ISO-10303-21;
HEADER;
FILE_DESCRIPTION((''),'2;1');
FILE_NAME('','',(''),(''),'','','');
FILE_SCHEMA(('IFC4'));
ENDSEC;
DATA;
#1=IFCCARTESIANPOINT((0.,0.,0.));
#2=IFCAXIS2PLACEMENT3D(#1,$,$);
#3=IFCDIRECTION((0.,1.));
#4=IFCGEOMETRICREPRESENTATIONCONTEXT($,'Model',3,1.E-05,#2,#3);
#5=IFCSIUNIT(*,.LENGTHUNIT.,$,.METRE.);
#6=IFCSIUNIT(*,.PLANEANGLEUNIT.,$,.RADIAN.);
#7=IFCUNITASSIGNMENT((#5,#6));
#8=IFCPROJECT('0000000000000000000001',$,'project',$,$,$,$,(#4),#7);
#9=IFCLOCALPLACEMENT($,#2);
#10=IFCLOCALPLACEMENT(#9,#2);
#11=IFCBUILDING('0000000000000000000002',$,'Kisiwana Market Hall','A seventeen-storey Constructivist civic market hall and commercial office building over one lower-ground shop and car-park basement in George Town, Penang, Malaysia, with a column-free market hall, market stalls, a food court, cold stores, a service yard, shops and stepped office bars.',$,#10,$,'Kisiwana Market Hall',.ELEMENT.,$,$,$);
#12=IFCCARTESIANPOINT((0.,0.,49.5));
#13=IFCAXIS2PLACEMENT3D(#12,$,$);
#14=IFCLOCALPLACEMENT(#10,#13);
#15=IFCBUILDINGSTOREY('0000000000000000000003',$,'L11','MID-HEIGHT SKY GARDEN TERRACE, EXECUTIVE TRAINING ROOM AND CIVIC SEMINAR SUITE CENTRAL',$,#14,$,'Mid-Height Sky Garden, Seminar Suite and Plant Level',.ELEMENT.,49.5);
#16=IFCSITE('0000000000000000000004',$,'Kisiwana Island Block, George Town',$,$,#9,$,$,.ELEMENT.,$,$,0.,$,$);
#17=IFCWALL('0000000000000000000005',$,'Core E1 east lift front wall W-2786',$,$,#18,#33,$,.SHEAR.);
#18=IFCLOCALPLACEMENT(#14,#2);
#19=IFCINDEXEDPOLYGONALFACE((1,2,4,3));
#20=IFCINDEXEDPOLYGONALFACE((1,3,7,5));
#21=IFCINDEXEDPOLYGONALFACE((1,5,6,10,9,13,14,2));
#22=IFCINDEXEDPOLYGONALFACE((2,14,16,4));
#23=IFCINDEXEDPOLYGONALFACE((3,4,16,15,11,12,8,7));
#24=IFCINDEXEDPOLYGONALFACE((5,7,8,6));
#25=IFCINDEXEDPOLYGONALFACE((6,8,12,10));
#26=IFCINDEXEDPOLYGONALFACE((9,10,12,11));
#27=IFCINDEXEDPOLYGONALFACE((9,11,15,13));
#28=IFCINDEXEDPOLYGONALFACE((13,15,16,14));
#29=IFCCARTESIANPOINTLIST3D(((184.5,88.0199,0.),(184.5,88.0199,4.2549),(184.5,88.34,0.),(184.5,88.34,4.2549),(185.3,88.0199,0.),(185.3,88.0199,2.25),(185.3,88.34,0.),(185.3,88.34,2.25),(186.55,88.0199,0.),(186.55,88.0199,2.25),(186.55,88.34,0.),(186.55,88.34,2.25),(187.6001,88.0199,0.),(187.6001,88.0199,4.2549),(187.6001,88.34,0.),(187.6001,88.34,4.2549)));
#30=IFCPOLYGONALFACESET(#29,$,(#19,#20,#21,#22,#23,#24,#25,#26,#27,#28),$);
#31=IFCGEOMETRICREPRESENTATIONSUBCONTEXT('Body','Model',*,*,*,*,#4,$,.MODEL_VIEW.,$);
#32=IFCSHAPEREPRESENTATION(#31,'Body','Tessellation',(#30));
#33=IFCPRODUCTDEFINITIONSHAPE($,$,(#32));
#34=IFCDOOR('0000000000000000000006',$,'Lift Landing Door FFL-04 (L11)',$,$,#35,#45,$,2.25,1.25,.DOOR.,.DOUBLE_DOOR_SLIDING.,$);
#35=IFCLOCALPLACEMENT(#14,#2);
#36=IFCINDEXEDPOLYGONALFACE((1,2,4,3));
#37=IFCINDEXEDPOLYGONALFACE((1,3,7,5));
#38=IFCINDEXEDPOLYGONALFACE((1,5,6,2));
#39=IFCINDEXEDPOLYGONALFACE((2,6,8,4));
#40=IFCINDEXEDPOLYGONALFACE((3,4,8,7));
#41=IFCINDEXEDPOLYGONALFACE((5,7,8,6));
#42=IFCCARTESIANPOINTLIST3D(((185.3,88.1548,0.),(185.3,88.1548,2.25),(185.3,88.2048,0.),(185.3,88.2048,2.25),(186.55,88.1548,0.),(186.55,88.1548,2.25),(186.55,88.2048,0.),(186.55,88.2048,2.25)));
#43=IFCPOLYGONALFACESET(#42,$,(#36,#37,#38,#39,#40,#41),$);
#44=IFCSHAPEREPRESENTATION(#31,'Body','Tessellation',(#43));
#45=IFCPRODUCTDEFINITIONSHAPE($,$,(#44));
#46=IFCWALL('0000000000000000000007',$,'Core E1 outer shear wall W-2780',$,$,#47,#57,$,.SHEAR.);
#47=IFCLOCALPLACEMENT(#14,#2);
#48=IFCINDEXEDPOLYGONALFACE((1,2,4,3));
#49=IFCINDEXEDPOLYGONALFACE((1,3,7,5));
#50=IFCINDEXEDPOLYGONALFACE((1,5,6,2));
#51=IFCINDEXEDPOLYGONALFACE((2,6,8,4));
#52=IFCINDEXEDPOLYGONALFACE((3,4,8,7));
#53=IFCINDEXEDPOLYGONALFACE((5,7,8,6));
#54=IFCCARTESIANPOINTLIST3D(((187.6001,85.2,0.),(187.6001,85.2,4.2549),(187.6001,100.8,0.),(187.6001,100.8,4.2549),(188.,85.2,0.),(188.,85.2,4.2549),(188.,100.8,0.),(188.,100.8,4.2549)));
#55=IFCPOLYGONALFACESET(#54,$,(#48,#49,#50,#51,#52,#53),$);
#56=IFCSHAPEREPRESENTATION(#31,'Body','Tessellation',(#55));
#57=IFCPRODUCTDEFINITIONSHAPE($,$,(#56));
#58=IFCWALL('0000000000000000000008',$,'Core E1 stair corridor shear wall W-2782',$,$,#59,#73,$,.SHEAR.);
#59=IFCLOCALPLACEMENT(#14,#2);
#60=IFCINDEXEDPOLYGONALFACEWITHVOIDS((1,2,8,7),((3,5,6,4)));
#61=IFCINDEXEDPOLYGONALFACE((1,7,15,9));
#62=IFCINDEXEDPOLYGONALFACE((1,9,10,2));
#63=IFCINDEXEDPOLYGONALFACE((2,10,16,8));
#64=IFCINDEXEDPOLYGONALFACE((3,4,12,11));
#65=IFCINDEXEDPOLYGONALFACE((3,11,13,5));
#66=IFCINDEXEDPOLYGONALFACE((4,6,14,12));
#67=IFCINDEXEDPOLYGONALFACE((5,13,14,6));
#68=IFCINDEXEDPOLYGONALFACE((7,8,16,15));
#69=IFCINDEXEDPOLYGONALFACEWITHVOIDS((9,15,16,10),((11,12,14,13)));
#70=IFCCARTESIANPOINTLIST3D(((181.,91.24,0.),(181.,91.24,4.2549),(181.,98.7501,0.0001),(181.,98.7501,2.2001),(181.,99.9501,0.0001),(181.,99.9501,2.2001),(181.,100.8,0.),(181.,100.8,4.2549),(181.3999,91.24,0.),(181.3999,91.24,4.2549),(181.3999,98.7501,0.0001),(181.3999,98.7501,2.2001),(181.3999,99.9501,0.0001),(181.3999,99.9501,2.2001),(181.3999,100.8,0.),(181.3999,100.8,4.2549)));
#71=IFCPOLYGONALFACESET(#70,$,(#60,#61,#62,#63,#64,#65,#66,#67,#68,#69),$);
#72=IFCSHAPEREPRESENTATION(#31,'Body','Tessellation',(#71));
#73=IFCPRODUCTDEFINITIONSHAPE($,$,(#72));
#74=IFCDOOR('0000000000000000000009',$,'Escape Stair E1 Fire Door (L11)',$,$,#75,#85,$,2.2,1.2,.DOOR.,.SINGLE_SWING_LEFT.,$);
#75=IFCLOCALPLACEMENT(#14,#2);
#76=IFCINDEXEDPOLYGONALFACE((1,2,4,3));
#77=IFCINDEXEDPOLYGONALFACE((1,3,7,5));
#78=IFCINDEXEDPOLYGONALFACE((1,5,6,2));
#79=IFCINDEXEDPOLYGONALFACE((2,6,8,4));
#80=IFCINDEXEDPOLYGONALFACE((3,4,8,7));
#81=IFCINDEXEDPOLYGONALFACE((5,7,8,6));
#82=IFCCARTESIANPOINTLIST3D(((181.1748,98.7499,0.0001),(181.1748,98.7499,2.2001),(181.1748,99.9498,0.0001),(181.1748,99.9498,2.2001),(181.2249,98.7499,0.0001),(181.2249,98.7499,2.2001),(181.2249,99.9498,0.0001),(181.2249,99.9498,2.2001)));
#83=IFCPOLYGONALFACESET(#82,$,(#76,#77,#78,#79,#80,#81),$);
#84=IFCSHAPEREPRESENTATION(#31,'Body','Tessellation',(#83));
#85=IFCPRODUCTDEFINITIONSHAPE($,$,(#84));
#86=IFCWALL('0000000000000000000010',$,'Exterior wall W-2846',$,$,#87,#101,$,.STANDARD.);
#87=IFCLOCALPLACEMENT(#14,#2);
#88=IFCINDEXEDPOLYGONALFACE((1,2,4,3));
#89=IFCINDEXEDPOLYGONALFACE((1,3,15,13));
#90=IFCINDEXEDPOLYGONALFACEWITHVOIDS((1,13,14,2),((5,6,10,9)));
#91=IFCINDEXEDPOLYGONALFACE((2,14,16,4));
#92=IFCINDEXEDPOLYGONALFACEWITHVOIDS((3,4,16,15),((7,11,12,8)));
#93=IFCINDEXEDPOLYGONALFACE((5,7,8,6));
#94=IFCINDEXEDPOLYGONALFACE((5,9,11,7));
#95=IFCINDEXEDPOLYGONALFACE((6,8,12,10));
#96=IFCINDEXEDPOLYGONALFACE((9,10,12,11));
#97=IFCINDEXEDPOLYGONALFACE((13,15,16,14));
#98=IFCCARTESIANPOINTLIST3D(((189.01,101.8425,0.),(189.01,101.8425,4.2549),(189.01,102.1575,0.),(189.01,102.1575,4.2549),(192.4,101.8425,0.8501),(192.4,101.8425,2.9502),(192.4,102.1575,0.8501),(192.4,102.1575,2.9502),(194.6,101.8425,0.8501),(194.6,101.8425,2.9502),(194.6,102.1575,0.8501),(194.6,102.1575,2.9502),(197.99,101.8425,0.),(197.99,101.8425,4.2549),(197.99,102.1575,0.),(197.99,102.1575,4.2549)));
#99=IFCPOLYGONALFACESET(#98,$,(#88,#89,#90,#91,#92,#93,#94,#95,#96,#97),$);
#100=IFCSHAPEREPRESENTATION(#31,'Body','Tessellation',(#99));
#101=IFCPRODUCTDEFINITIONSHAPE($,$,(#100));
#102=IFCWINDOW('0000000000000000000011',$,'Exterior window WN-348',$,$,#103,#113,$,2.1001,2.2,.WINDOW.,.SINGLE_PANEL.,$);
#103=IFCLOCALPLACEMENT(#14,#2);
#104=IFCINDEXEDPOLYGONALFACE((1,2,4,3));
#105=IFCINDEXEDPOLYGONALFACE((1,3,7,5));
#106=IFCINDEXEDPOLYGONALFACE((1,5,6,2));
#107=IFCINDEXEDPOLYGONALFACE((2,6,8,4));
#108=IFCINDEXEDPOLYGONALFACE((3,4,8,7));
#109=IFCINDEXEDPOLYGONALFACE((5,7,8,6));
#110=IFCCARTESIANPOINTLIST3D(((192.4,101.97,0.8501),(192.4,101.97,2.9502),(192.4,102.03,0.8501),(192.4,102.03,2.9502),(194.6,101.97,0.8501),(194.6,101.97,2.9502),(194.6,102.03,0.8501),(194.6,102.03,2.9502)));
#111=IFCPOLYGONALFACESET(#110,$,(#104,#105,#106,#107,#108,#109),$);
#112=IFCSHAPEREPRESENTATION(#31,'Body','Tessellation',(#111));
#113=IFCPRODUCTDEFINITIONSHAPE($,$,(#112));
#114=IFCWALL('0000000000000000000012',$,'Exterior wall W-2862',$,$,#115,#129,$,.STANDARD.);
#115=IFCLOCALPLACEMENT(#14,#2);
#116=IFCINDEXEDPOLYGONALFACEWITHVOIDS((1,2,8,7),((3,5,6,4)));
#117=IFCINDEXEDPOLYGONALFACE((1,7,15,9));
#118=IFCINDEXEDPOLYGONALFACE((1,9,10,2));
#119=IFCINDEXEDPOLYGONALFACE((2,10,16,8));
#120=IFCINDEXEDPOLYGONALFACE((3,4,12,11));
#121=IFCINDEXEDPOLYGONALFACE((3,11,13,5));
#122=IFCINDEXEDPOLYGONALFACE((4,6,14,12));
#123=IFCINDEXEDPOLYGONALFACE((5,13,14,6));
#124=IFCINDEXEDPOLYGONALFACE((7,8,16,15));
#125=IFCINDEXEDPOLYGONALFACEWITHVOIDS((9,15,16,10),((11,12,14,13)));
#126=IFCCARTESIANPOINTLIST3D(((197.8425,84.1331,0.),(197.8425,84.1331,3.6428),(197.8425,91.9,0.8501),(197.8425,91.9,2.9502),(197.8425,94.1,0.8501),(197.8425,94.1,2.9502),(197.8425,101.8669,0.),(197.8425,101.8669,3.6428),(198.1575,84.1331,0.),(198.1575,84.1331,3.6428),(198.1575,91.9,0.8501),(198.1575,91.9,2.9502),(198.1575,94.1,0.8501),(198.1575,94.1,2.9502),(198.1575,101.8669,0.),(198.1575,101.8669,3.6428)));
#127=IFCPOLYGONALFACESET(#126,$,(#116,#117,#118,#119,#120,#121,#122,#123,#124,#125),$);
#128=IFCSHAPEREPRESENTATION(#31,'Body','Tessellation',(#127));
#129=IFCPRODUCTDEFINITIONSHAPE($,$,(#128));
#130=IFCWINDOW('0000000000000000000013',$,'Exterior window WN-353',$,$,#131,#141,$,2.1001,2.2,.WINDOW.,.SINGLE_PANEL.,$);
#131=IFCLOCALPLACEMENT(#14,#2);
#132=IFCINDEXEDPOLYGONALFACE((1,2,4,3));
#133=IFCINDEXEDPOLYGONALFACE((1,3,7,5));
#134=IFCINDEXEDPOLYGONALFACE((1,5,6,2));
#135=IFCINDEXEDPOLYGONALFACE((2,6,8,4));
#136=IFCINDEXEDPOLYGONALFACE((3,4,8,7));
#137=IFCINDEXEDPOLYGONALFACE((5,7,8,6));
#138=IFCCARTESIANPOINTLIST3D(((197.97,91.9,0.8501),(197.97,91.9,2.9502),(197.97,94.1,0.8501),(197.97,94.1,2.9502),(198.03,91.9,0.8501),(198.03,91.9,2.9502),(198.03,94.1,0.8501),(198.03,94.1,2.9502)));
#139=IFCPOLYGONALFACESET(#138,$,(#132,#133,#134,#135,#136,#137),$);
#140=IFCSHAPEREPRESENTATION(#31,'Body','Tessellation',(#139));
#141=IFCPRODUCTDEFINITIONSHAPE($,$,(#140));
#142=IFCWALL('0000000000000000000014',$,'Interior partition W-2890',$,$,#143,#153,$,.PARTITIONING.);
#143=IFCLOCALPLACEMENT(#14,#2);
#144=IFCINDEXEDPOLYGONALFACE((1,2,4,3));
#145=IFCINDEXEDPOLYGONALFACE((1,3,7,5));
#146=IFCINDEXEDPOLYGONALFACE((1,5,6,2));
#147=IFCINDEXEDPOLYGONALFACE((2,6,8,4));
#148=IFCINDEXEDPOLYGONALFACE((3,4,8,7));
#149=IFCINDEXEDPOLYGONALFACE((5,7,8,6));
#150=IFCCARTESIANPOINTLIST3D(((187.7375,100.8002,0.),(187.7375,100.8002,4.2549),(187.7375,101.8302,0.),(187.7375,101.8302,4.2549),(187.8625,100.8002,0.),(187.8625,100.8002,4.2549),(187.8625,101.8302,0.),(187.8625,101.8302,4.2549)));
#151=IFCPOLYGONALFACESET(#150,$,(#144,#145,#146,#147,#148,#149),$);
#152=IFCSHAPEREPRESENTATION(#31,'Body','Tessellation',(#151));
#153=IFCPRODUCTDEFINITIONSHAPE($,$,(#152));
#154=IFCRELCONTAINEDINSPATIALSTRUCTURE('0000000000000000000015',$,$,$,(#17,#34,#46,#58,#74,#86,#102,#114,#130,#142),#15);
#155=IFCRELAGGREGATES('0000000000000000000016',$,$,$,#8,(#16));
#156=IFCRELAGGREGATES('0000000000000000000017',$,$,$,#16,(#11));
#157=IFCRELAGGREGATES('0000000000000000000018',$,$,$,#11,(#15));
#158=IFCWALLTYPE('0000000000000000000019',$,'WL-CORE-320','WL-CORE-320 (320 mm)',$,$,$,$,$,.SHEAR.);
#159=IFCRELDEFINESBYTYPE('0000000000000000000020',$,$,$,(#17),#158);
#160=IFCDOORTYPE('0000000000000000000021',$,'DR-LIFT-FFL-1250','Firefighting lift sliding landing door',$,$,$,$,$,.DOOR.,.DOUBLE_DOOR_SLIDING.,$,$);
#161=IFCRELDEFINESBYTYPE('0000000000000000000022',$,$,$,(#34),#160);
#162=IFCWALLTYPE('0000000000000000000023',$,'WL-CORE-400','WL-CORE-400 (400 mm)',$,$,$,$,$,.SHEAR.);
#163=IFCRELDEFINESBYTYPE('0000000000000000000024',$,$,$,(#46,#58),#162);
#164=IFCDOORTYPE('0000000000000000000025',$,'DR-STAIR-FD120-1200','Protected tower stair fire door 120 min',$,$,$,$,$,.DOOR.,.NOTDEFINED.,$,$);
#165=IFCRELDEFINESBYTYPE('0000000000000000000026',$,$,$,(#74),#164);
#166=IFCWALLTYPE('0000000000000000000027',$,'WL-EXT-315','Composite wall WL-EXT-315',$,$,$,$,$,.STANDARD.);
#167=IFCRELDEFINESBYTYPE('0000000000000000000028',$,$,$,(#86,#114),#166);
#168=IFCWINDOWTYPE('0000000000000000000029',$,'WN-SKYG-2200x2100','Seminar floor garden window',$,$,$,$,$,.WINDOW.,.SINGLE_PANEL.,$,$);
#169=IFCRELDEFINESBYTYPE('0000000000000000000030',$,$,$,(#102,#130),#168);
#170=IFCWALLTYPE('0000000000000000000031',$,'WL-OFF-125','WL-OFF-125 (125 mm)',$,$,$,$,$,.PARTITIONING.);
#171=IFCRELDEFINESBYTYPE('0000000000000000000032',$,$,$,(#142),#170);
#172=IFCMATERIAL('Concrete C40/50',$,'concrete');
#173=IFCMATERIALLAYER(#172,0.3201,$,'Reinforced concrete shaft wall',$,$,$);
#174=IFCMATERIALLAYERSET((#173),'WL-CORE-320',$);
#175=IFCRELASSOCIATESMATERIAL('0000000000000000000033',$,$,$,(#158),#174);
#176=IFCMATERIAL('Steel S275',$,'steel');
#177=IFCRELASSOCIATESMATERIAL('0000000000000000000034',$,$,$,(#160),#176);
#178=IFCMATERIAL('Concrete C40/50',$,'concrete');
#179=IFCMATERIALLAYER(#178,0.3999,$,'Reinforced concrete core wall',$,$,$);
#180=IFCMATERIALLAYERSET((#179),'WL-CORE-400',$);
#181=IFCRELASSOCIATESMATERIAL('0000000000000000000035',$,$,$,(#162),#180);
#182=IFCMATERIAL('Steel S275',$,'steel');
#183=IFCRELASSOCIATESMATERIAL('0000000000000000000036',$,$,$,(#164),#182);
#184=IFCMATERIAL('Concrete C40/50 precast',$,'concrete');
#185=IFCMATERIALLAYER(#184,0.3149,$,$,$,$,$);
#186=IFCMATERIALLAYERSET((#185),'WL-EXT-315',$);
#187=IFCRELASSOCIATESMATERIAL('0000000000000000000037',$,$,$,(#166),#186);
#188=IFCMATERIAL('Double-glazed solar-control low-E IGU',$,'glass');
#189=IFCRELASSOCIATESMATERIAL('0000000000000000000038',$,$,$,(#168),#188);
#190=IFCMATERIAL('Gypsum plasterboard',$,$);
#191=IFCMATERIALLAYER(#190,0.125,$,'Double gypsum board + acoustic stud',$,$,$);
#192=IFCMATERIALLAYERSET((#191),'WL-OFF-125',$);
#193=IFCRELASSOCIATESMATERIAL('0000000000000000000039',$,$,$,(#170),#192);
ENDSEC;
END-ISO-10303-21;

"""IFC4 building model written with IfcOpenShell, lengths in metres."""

from ifc_helpers import new_model, si_unit, direction, frame, frame_2d, origin, place, context, subcontext, project, spatial, rectangle, extrude, material, layer, layer_set, type_object, element, fill, save


model = new_model("IFC4")

# Units and contexts
model_context = context("Model", 3, precision=1e-05, world=origin(), true_north=direction((0.0, 1.0)))
body_context = subcontext(model_context, "Body", "Model", "MODEL_VIEW")
ifc_project = project(units=[si_unit("LENGTHUNIT", "METRE"), si_unit("PLANEANGLEUNIT", "RADIAN")], contexts=[model_context])

# Site, building, storey
site_placement = place(None, origin())
site = spatial("IfcSite", under=ifc_project, at=site_placement, Name="Kisiwana Island Block, George Town", CompositionType="ELEMENT", RefElevation=0.0)
building_placement = place(site_placement, origin())
building = spatial("IfcBuilding", under=site, at=building_placement, Name="Kisiwana Market Hall", Description="A seventeen-storey Constructivist civic market hall and commercial office building over one lower-ground shop and car-park basement in George Town, Penang, Malaysia, with a column-free market hall, market stalls, a food court, cold stores, a service yard, shops and stepped office bars.", LongName="Kisiwana Market Hall", CompositionType="ELEMENT")
storey_placement = place(building_placement, frame((0.0, 0.0, 49.5)))
storey = spatial("IfcBuildingStorey", under=building, at=storey_placement, Name="L11", Description="MID-HEIGHT SKY GARDEN TERRACE, EXECUTIVE TRAINING ROOM AND CIVIC SEMINAR SUITE CENTRAL", LongName="Mid-Height Sky Garden, Seminar Suite and Plant Level", CompositionType="ELEMENT", Elevation=49.5)

# Shared definitions
ifc_material_1 = material(Name="Concrete C40/50", Category="concrete")
ifc_layer_1 = layer(ifc_material_1, 0.3201, Name="Reinforced concrete shaft wall")
ifc_layer_set_1 = layer_set([ifc_layer_1], Name="WL-CORE-320")
wall_type_1 = type_object("IfcWallType", Name="WL-CORE-320", Description="WL-CORE-320 (320 mm)", PredefinedType="SHEAR", material=ifc_layer_set_1)

# Wall, opening, door
wall_1_placement = place(storey_placement, frame((184.5, 88.1799, 0.0), z_axis=(0.0, 0.0, 1.0), x_axis=(1.0, 0.0, 0.0)))
wall_1 = element("IfcWall", 1, at=wall_1_placement, inside=storey, type_object=wall_type_1, Name="Core E1 east lift front wall W-2786", PredefinedType="SHEAR", context=body_context, shape_type="SweptSolid", body=[
    extrude(rectangle(XDim=3.1001, YDim=0.3201, at=frame_2d((1.55, 0.0))), origin(), (0.0, 0.0, 1.0), 4.2549),
])
opening_1_placement = place(wall_1_placement, frame((0.8, 0.0, 0.0)))
opening_1 = element("IfcOpeningElement", 2, at=opening_1_placement, cuts=wall_1, PredefinedType="OPENING", context=body_context, shape_type="SweptSolid", body=[
    extrude(rectangle(XDim=1.25, YDim=2.25, at=frame_2d((0.625, 1.125))), frame((0.0, 0.1719, 0.0), z_axis=(0.0, -1.0, 0.0), x_axis=(1.0, 0.0, 0.0)), (0.0, 0.0, 1.0), 0.344),
])
ifc_material_2 = material(Name="Steel S275", Category="steel")
door_type_1 = type_object("IfcDoorType", Name="DR-LIFT-FFL-1250", Description="Firefighting lift sliding landing door", OperationType="DOUBLE_DOOR_SLIDING", PredefinedType="DOOR", material=ifc_material_2)
door_1_placement = place(opening_1_placement, origin())
door_1 = element("IfcDoor", 3, at=door_1_placement, inside=storey, type_object=door_type_1, Name="Lift Landing Door FFL-04 (L11)", OperationType="DOUBLE_DOOR_SLIDING", OverallHeight=2.25, OverallWidth=1.25, PredefinedType="DOOR", context=body_context, shape_type="SweptSolid", body=[
    extrude(rectangle(XDim=1.25, YDim=2.25, at=frame_2d((0.625, 1.125))), frame((0.0, 0.0249, 0.0), z_axis=(0.0, -1.0, 0.0), x_axis=(1.0, 0.0, 0.0)), (0.0, 0.0, 1.0), 0.05),
])
fill(opening_1, door_1)

# Wall
ifc_material_3 = material(Name="Concrete C40/50", Category="concrete")
ifc_layer_2 = layer(ifc_material_3, 0.3999, Name="Reinforced concrete core wall")
ifc_layer_set_2 = layer_set([ifc_layer_2], Name="WL-CORE-400")
wall_type_2 = type_object("IfcWallType", Name="WL-CORE-400", Description="WL-CORE-400 (400 mm)", PredefinedType="SHEAR", material=ifc_layer_set_2)
wall_2_placement = place(storey_placement, frame((187.8, 85.2, 0.0), z_axis=(0.0, 0.0, 1.0), x_axis=(0.0, 1.0, 0.0)))
element("IfcWall", 4, at=wall_2_placement, inside=storey, type_object=wall_type_2, Name="Core E1 outer shear wall W-2780", PredefinedType="SHEAR", context=body_context, shape_type="SweptSolid", body=[
    extrude(rectangle(XDim=15.6001, YDim=0.3999, at=frame_2d((7.8, 0.0))), origin(), (0.0, 0.0, 1.0), 4.2549),
])

# Wall, opening, door
wall_3_placement = place(storey_placement, frame((181.2, 91.24, 0.0), z_axis=(0.0, 0.0, 1.0), x_axis=(0.0, 1.0, 0.0)))
wall_3 = element("IfcWall", 5, at=wall_3_placement, inside=storey, type_object=wall_type_2, Name="Core E1 stair corridor shear wall W-2782", PredefinedType="SHEAR", context=body_context, shape_type="SweptSolid", body=[
    extrude(rectangle(XDim=9.5601, YDim=0.3999, at=frame_2d((4.78, 0.0))), origin(), (0.0, 0.0, 1.0), 4.2549),
])
opening_2_placement = place(wall_3_placement, frame((7.51, 0.0, 0.0)))
opening_2 = element("IfcOpeningElement", 6, at=opening_2_placement, cuts=wall_3, PredefinedType="OPENING", context=body_context, shape_type="SweptSolid", body=[
    extrude(rectangle(XDim=1.2, YDim=2.2, at=frame_2d((0.6001, 1.1001))), frame((0.0, 0.2119, 0.0), z_axis=(0.0, -1.0, 0.0), x_axis=(1.0, 0.0, 0.0)), (0.0, 0.0, 1.0), 0.4238),
])
ifc_material_4 = material(Name="Steel S275", Category="steel")
door_type_2 = type_object("IfcDoorType", Name="DR-STAIR-FD120-1200", Description="Protected tower stair fire door 120 min", OperationType="NOTDEFINED", PredefinedType="DOOR", material=ifc_material_4)
door_2_placement = place(opening_2_placement, frame((1.2, 0.0, 0.0), z_axis=(0.0, 0.0, 1.0), x_axis=(-1.0, 0.0, 0.0)))
door_2 = element("IfcDoor", 7, at=door_2_placement, inside=storey, type_object=door_type_2, Name="Escape Stair E1 Fire Door (L11)", OperationType="SINGLE_SWING_LEFT", OverallHeight=2.2, OverallWidth=1.2, PredefinedType="DOOR", context=body_context, shape_type="SweptSolid", body=[
    extrude(rectangle(XDim=1.2, YDim=2.2, at=frame_2d((0.6001, 1.1001))), frame((0.0, 0.0249, 0.0), z_axis=(0.0, -1.0, 0.0), x_axis=(1.0, 0.0, 0.0)), (0.0, 0.0, 1.0), 0.05),
])
fill(opening_2, door_2)

# Walls, openings, windows
ifc_material_5 = material(Name="Concrete C40/50 precast", Category="concrete")
ifc_layer_3 = layer(ifc_material_5, 0.3149)
ifc_layer_set_3 = layer_set([ifc_layer_3], Name="WL-EXT-315")
wall_type_3 = type_object("IfcWallType", Name="WL-EXT-315", Description="Composite wall WL-EXT-315", PredefinedType="STANDARD", material=ifc_layer_set_3)
wall_4_placement = place(storey_placement, frame((189.01, 102.0, 0.0), z_axis=(0.0, 0.0, 1.0), x_axis=(1.0, 0.0, 0.0)))
wall_4 = element("IfcWall", 8, at=wall_4_placement, inside=storey, type_object=wall_type_3, Name="Exterior wall W-2846", PredefinedType="STANDARD", context=body_context, shape_type="SweptSolid", body=[
    extrude(rectangle(XDim=8.98, YDim=0.3149, at=frame_2d((4.49, 0.0))), origin(), (0.0, 0.0, 1.0), 4.2549),
])
opening_3_placement = place(wall_4_placement, frame((3.3899, 0.0, 0.8501)))
opening_3 = element("IfcOpeningElement", 9, at=opening_3_placement, cuts=wall_4, PredefinedType="OPENING", context=body_context, shape_type="SweptSolid", body=[
    extrude(rectangle(XDim=2.2, YDim=2.1001, at=frame_2d((1.1001, 1.05))), frame((0.0, 0.1694, 0.0), z_axis=(0.0, -1.0, 0.0), x_axis=(1.0, 0.0, 0.0)), (0.0, 0.0, 1.0), 0.3389),
])
ifc_material_6 = material(Name="Double-glazed solar-control low-E IGU", Category="glass")
window_type = type_object("IfcWindowType", Name="WN-SKYG-2200x2100", Description="Seminar floor garden window", PartitioningType="SINGLE_PANEL", PredefinedType="WINDOW", material=ifc_material_6)
window_1_placement = place(opening_3_placement, origin())
window_1 = element("IfcWindow", 10, at=window_1_placement, inside=storey, type_object=window_type, Name="Exterior window WN-348", OverallHeight=2.1001, OverallWidth=2.2, PartitioningType="SINGLE_PANEL", PredefinedType="WINDOW", context=body_context, shape_type="SweptSolid", body=[
    extrude(rectangle(XDim=2.2, YDim=2.1001, at=frame_2d((1.1001, 1.05))), frame((0.0, 0.03, 0.0), z_axis=(0.0, -1.0, 0.0), x_axis=(1.0, 0.0, 0.0)), (0.0, 0.0, 1.0), 0.0601),
])
fill(opening_3, window_1)
wall_5_placement = place(storey_placement, frame((198.0, 84.1331, 0.0), z_axis=(0.0, 0.0, 1.0), x_axis=(0.0, 1.0, 0.0)))
wall_5 = element("IfcWall", 11, at=wall_5_placement, inside=storey, type_object=wall_type_3, Name="Exterior wall W-2862", PredefinedType="STANDARD", context=body_context, shape_type="SweptSolid", body=[
    extrude(rectangle(XDim=17.7339, YDim=0.3149, at=frame_2d((8.8669, 0.0))), origin(), (0.0, 0.0, 1.0), 3.6428),
])
opening_4_placement = place(wall_5_placement, frame((7.7668, 0.0, 0.8501)))
opening_4 = element("IfcOpeningElement", 12, at=opening_4_placement, cuts=wall_5, PredefinedType="OPENING", context=body_context, shape_type="SweptSolid", body=[
    extrude(rectangle(XDim=2.2, YDim=2.1001, at=frame_2d((1.1001, 1.05))), frame((0.0, 0.1694, 0.0), z_axis=(0.0, -1.0, 0.0), x_axis=(1.0, 0.0, 0.0)), (0.0, 0.0, 1.0), 0.3389),
])
window_2_placement = place(opening_4_placement, origin())
window_2 = element("IfcWindow", 13, at=window_2_placement, inside=storey, type_object=window_type, Name="Exterior window WN-353", OverallHeight=2.1001, OverallWidth=2.2, PartitioningType="SINGLE_PANEL", PredefinedType="WINDOW", context=body_context, shape_type="SweptSolid", body=[
    extrude(rectangle(XDim=2.2, YDim=2.1001, at=frame_2d((1.1001, 1.05))), frame((0.0, 0.03, 0.0), z_axis=(0.0, -1.0, 0.0), x_axis=(1.0, 0.0, 0.0)), (0.0, 0.0, 1.0), 0.0601),
])
fill(opening_4, window_2)

# Wall
ifc_material_7 = material(Name="Gypsum plasterboard")
ifc_layer_4 = layer(ifc_material_7, 0.125, Name="Double gypsum board + acoustic stud")
ifc_layer_set_4 = layer_set([ifc_layer_4], Name="WL-OFF-125")
wall_type_4 = type_object("IfcWallType", Name="WL-OFF-125", Description="WL-OFF-125 (125 mm)", PredefinedType="PARTITIONING", material=ifc_layer_set_4)
wall_6_placement = place(storey_placement, frame((187.8, 100.8, 0.0), z_axis=(0.0, 0.0, 1.0), x_axis=(0.0, 1.0, 0.0)))
element("IfcWall", 14, at=wall_6_placement, inside=storey, type_object=wall_type_4, Name="Interior partition W-2890", PredefinedType="PARTITIONING", context=body_context, shape_type="SweptSolid", body=[
    extrude(rectangle(XDim=1.03, YDim=0.125, at=frame_2d((0.5151, 0.0))), origin(), (0.0, 0.0, 1.0), 4.2549),
])

save(model, "model.ifc")
